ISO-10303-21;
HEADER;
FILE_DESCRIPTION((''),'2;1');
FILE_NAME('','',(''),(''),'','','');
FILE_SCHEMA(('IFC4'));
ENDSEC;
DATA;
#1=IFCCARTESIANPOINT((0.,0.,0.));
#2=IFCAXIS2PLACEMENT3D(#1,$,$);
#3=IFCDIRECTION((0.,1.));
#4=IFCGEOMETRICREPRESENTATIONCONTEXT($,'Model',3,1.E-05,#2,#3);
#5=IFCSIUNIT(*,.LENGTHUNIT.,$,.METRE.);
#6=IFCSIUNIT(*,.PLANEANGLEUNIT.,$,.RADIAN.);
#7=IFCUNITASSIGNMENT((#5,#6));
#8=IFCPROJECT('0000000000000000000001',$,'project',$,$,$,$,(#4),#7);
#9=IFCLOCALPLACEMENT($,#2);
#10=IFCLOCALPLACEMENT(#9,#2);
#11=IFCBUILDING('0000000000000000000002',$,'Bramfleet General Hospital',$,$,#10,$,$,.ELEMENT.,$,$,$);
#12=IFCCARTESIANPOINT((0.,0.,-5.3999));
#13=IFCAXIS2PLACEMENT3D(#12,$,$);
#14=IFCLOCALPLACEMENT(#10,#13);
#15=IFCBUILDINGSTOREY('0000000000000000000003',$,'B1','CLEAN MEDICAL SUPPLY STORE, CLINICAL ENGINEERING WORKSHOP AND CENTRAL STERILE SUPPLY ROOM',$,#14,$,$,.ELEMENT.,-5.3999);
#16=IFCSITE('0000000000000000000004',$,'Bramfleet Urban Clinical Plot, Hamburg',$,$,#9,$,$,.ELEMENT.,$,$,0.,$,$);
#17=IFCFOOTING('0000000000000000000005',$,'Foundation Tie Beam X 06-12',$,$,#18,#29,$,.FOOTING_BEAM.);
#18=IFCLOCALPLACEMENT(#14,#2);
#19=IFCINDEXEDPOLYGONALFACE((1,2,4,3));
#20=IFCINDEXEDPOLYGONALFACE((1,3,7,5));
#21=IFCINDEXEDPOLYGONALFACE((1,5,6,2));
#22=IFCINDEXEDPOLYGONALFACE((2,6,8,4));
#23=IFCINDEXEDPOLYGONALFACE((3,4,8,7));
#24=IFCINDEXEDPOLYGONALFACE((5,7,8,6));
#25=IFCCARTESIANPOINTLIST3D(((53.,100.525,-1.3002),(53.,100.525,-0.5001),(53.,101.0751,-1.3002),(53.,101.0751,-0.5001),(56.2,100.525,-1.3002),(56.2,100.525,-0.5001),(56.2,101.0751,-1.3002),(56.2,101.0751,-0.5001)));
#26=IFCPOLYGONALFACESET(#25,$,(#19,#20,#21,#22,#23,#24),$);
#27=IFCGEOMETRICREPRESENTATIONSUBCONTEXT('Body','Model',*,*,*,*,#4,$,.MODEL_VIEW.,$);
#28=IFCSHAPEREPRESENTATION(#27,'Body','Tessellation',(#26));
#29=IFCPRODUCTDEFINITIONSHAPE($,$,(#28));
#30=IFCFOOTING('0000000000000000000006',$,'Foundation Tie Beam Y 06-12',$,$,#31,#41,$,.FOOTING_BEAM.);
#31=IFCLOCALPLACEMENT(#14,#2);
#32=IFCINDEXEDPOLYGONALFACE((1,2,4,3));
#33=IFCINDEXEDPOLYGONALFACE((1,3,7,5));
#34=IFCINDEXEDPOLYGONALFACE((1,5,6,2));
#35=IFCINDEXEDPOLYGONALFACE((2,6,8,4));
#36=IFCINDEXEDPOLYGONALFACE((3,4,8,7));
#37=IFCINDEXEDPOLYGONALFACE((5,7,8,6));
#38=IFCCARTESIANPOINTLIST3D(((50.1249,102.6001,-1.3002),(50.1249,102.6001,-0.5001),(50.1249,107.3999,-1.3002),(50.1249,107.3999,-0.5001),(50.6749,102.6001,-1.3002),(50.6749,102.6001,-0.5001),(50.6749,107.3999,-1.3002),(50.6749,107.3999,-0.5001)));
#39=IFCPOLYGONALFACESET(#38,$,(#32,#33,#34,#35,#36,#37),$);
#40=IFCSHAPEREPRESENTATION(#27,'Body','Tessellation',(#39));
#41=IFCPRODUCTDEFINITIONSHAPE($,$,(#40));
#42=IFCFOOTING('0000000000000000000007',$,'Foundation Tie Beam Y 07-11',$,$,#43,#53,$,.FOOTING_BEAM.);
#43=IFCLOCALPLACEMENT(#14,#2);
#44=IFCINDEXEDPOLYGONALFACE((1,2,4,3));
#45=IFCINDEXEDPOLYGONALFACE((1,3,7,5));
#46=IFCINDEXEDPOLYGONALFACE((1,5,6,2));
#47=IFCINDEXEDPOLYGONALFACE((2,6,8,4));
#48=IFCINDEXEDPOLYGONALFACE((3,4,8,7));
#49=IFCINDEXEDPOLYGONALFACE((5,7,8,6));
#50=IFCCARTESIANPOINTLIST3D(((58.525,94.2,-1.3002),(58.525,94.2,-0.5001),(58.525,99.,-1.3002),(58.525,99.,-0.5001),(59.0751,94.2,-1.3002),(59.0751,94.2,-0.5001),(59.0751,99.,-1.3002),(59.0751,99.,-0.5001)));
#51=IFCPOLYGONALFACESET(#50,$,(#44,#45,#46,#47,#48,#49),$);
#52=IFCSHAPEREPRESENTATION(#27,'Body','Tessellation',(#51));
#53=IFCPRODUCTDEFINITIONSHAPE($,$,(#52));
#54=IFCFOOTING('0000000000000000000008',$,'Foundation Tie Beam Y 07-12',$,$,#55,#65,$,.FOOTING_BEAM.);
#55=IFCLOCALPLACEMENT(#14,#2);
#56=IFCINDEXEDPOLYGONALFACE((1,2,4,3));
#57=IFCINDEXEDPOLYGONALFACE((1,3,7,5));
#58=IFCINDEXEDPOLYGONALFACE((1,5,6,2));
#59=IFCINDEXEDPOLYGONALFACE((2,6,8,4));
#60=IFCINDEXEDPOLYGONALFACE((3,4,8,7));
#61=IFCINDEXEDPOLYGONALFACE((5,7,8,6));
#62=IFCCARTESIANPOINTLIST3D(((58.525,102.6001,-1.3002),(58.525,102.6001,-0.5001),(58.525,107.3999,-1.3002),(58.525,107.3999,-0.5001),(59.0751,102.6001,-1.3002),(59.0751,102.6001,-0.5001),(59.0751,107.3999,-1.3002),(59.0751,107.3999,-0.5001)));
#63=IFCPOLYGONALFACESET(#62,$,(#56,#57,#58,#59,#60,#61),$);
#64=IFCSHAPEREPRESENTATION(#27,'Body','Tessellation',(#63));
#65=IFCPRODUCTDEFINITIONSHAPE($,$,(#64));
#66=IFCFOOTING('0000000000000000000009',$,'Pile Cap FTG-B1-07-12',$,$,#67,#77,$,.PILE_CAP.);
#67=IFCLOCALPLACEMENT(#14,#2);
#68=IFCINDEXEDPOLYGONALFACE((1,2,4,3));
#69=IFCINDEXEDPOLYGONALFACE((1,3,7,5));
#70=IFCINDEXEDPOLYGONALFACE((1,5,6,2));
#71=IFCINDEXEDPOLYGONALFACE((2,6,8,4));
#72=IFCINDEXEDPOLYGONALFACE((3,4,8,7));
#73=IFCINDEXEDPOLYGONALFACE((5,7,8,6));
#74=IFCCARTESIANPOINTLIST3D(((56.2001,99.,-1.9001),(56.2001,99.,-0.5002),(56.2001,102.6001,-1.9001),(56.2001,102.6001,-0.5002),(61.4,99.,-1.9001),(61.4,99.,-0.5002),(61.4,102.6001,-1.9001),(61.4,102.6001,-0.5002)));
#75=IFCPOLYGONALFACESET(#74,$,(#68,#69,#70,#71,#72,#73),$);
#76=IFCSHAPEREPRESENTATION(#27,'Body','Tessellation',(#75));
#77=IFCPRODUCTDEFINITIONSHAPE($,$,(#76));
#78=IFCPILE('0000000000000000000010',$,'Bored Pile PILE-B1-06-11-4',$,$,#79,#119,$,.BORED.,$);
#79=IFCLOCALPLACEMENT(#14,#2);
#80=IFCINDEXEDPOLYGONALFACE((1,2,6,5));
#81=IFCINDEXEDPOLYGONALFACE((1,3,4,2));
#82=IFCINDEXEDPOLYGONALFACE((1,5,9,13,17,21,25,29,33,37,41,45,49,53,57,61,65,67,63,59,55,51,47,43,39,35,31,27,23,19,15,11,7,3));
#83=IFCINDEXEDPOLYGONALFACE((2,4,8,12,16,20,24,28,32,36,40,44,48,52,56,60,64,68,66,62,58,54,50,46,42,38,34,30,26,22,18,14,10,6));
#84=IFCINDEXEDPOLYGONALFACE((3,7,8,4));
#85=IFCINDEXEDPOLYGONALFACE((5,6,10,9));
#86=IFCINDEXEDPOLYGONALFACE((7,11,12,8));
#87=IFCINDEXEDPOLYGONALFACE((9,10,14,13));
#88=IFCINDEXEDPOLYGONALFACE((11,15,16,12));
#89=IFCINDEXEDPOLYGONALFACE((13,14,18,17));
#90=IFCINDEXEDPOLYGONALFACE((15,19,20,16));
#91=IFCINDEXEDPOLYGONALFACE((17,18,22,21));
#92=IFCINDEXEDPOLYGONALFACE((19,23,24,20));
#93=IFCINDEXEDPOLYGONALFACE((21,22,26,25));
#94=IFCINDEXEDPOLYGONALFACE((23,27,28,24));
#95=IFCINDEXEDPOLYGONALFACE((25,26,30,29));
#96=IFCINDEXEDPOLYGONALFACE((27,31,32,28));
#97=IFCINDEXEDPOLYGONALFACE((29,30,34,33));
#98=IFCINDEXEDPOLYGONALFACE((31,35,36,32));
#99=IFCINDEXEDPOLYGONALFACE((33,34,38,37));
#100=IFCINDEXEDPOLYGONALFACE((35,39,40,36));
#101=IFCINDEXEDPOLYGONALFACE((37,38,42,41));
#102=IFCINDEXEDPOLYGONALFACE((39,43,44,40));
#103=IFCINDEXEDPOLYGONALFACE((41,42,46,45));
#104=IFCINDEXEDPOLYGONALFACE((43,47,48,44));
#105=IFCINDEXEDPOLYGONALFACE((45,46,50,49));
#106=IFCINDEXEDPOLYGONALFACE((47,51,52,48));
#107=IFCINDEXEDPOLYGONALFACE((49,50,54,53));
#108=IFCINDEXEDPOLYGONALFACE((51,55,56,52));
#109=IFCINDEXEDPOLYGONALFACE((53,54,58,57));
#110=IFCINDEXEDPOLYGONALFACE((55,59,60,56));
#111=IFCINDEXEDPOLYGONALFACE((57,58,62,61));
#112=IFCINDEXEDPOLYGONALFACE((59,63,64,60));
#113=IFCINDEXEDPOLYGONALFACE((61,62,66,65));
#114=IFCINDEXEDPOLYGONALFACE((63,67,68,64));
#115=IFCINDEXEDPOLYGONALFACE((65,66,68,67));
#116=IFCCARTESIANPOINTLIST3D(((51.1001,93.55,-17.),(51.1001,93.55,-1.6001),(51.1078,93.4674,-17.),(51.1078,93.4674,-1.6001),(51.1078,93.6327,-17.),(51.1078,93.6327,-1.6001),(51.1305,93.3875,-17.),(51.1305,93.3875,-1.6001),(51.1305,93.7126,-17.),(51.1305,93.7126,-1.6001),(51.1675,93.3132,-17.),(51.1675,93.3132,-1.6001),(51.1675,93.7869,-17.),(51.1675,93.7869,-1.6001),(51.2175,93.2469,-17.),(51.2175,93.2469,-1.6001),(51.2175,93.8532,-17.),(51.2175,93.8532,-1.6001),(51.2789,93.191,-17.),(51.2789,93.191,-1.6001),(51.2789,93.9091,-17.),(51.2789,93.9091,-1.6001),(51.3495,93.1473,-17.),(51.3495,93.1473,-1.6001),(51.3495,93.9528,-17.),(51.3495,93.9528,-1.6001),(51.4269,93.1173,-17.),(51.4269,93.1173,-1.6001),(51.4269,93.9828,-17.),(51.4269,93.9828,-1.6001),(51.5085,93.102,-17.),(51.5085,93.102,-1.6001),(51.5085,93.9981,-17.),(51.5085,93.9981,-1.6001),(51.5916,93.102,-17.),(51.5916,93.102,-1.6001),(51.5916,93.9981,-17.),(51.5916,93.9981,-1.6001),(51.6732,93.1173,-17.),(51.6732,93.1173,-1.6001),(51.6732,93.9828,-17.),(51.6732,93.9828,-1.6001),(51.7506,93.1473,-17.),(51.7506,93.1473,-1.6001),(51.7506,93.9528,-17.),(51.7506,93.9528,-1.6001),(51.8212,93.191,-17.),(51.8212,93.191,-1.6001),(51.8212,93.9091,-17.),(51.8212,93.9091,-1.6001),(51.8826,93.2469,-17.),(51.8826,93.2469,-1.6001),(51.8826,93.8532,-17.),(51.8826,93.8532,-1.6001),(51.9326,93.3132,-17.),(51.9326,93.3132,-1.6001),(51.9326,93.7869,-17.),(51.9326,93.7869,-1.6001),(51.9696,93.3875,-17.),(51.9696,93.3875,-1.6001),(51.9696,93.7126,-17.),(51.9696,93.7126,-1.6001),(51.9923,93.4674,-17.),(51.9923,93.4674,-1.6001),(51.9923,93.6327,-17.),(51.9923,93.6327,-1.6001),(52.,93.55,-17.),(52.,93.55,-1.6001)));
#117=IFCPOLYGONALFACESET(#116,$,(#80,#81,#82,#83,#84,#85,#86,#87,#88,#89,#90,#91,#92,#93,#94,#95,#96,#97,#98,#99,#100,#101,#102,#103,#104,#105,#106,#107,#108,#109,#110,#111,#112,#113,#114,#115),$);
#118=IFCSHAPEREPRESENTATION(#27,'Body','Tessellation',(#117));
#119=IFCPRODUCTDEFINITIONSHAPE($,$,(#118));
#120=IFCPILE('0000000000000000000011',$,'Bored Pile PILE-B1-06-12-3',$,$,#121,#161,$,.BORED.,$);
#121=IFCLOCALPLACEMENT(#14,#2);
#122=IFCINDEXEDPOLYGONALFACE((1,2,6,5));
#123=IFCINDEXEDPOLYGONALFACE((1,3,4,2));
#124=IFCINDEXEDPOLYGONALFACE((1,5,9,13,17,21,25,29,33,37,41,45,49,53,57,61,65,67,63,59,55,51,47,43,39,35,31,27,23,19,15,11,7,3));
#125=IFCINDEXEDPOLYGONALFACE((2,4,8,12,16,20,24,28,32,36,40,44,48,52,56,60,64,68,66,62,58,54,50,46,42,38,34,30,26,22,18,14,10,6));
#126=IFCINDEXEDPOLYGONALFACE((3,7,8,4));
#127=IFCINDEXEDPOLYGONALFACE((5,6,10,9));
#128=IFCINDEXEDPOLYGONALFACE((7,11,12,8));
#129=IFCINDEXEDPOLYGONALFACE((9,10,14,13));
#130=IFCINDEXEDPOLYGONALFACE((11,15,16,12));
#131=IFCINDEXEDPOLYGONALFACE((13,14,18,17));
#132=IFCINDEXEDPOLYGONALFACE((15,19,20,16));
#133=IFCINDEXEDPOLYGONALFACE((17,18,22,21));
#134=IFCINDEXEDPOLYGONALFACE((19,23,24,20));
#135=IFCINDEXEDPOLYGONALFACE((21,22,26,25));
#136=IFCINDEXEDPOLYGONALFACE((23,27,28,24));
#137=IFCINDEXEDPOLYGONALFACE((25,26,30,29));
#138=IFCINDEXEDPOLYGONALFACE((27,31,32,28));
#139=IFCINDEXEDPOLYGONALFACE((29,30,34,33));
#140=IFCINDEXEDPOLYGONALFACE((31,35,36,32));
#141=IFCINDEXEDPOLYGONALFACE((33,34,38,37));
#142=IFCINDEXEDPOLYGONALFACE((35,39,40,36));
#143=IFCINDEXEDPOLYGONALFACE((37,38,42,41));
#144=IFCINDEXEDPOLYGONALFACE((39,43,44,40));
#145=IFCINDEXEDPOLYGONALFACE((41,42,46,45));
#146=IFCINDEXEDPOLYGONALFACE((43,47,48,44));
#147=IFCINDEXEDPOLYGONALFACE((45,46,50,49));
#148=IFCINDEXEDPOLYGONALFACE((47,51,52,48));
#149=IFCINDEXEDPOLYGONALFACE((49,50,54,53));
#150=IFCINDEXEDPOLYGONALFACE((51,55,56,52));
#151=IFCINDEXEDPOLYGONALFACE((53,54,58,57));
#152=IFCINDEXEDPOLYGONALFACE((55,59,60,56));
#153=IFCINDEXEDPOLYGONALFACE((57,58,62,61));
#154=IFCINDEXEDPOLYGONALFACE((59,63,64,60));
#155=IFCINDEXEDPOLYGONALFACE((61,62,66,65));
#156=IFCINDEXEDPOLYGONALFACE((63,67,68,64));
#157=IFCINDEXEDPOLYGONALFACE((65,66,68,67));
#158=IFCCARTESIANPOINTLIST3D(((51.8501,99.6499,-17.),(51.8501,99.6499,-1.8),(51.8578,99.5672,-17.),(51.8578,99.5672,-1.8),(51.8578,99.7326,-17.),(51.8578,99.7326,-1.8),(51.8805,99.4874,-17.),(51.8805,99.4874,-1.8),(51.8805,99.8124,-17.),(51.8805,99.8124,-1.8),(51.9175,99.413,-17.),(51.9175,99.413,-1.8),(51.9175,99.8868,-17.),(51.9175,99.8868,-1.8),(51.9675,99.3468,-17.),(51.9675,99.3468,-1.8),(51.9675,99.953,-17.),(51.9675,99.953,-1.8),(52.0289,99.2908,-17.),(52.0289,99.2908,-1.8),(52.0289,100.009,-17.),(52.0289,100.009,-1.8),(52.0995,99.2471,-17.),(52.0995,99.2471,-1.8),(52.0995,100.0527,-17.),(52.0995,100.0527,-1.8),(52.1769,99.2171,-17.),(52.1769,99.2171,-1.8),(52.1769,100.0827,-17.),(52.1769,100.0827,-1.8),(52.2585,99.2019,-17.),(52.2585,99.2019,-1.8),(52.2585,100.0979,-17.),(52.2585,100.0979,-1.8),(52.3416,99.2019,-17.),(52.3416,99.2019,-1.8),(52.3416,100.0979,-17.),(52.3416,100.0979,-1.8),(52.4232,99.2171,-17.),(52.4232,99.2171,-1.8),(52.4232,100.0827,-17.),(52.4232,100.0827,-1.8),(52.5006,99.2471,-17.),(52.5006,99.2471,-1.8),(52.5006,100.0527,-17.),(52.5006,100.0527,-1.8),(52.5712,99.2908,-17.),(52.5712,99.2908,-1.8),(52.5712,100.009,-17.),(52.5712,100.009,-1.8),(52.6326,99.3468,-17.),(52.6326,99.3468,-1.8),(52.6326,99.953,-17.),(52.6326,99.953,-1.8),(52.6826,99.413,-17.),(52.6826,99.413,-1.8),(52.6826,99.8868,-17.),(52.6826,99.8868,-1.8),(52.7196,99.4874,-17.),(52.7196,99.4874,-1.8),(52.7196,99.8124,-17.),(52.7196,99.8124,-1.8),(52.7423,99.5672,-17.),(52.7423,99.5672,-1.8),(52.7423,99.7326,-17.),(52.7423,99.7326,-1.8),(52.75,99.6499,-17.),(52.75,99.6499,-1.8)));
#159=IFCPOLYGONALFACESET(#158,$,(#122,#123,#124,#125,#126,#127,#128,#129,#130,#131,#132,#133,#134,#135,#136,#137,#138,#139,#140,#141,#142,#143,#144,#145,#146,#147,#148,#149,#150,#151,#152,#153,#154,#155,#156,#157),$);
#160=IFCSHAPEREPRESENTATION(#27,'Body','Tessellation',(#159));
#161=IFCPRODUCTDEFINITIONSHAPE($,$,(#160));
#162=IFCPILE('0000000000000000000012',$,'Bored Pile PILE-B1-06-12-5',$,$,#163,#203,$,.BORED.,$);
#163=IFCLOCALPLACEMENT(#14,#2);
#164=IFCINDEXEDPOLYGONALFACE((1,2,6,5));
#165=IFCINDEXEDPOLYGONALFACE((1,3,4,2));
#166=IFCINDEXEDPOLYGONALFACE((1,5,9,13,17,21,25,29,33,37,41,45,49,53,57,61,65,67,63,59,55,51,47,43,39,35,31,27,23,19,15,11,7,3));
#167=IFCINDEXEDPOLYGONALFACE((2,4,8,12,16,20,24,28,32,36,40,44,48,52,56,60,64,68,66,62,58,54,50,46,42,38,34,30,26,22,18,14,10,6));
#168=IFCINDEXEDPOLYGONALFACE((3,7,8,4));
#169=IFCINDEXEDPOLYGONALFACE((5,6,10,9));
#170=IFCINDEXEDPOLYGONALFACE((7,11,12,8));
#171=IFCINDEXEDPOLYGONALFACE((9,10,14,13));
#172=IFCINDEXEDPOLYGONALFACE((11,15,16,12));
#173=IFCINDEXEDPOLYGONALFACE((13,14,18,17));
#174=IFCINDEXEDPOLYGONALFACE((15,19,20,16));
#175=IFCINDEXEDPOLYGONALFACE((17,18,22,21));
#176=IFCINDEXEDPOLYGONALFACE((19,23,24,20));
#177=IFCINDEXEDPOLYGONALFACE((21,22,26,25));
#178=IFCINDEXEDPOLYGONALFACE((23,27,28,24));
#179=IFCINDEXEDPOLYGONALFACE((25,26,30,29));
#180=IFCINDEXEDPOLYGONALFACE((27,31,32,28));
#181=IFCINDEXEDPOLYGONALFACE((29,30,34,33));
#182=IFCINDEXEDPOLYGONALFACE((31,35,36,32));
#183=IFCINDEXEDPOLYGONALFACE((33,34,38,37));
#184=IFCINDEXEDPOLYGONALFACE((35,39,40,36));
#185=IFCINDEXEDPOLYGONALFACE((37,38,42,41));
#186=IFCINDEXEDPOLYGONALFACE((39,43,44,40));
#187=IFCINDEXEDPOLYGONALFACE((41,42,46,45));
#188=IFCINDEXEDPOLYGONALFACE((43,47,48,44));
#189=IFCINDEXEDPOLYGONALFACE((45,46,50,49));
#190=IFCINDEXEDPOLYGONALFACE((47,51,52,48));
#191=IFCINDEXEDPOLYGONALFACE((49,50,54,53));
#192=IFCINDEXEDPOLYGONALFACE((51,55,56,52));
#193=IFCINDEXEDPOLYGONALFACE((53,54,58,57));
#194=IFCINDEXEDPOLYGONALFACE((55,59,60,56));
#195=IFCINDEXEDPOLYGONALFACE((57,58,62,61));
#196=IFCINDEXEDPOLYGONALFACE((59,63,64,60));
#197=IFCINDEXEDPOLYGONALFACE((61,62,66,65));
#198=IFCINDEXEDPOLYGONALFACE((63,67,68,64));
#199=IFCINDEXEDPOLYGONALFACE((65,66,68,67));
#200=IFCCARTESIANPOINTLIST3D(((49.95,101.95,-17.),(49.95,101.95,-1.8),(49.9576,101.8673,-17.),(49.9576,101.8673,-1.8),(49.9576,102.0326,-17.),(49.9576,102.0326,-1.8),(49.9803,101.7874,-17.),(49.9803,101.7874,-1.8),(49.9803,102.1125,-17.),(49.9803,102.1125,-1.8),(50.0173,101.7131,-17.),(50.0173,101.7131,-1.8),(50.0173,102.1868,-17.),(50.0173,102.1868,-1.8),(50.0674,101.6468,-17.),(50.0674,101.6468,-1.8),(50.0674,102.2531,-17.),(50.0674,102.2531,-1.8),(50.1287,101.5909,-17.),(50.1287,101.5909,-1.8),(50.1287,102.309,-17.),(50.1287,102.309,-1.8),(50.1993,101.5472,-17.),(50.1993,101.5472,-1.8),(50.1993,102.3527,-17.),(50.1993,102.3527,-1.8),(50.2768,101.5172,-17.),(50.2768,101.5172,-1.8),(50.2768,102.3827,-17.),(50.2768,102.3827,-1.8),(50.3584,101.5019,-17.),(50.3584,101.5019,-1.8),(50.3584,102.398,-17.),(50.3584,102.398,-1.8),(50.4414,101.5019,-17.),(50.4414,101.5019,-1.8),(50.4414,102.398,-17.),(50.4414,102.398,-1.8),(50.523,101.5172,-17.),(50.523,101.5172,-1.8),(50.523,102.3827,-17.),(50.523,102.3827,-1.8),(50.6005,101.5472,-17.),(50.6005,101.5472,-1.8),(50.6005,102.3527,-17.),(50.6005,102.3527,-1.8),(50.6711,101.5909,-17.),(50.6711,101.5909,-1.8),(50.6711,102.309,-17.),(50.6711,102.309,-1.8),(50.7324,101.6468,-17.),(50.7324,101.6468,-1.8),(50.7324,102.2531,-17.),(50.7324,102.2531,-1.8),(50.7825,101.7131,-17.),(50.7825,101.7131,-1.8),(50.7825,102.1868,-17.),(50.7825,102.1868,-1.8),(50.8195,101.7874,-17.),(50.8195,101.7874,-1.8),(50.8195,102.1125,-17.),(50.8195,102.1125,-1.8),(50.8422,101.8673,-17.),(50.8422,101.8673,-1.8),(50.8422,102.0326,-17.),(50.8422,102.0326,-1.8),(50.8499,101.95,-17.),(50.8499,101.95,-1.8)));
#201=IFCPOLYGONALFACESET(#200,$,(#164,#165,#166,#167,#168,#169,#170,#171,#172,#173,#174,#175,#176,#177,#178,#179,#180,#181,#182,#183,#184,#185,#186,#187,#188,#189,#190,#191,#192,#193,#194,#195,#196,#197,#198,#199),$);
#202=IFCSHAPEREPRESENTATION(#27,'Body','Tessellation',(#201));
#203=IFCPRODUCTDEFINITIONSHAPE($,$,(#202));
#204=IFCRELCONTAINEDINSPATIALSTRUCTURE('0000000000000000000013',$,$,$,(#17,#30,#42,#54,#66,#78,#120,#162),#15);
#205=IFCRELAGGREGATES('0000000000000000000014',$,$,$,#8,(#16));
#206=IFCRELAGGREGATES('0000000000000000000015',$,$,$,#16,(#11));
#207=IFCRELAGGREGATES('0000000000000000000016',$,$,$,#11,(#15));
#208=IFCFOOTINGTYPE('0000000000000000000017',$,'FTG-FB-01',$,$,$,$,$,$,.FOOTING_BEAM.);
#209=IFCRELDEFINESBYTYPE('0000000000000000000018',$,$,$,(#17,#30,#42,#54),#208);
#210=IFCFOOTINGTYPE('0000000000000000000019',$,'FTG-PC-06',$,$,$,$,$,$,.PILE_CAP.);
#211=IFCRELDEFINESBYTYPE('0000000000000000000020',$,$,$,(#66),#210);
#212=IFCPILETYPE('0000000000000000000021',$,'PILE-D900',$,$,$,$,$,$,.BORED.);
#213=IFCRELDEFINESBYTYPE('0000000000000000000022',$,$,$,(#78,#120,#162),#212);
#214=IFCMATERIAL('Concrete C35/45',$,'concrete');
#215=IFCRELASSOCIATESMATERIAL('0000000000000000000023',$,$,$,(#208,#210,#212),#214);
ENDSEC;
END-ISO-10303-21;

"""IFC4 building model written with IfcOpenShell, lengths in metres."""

from ifc_helpers import new_model, si_unit, direction, frame, origin, origin_2d, place, context, subcontext, project, spatial, rectangle, circle, extrude, material, material_profile, profile_set, type_object, element, save


model = new_model("IFC4")

# Units and contexts
model_context = context("Model", 3, precision=1e-05, world=origin(), true_north=direction((0.0, 1.0)))
body_context = subcontext(model_context, "Body", "Model", "MODEL_VIEW")
ifc_project = project(units=[si_unit("LENGTHUNIT", "METRE"), si_unit("PLANEANGLEUNIT", "RADIAN")], contexts=[model_context])

# Site, building, storey
site_placement = place(None, origin())
site = spatial("IfcSite", under=ifc_project, at=site_placement, Name="Bramfleet Urban Clinical Plot, Hamburg", CompositionType="ELEMENT", RefElevation=0.0)
building_placement = place(site_placement, origin())
building = spatial("IfcBuilding", under=site, at=building_placement, Name="Bramfleet General Hospital", CompositionType="ELEMENT")
storey_placement = place(building_placement, frame((0.0, 0.0, -5.3999)))
storey = spatial("IfcBuildingStorey", under=building, at=storey_placement, Name="B1", Description="CLEAN MEDICAL SUPPLY STORE, CLINICAL ENGINEERING WORKSHOP AND CENTRAL STERILE SUPPLY ROOM", CompositionType="ELEMENT", Elevation=-5.3999)

# Footings
ifc_material_1 = material(Name="Concrete C35/45", Category="concrete")
ifc_material_profile_1 = material_profile(ifc_material_1, rectangle(XDim=0.55, YDim=0.8, at=origin_2d()), Name="RC FB 800x550")
ifc_profile_set_1 = profile_set([ifc_material_profile_1], Name="Concrete C35/45")
footing_type_1 = type_object("IfcFootingType", Name="FTG-FB-01", PredefinedType="FOOTING_BEAM", material=ifc_profile_set_1)
footing_1_placement = place(storey_placement, frame((53.0, 100.8, -0.9001), z_axis=(1.0, 0.0, 0.0), x_axis=(0.0, 1.0, 0.0)))
element("IfcFooting", 1, at=footing_1_placement, inside=storey, type_object=footing_type_1, Name="Foundation Tie Beam X 06-12", PredefinedType="FOOTING_BEAM", context=body_context, shape_type="SweptSolid", body=[
    extrude(rectangle(XDim=0.55, YDim=0.8, at=origin_2d()), origin(), (0.0, 0.0, 1.0), 3.2),
])
footing_2_placement = place(storey_placement, frame((50.3999, 102.6001, -0.9001), z_axis=(0.0, 1.0, 0.0), x_axis=(-1.0, 0.0, 0.0)))
element("IfcFooting", 2, at=footing_2_placement, inside=storey, type_object=footing_type_1, Name="Foundation Tie Beam Y 06-12", PredefinedType="FOOTING_BEAM", context=body_context, shape_type="SweptSolid", body=[
    extrude(rectangle(XDim=0.55, YDim=0.8, at=origin_2d()), origin(), (0.0, 0.0, 1.0), 4.7998),
])
footing_3_placement = place(storey_placement, frame((58.8, 94.2, -0.9001), z_axis=(0.0, 1.0, 0.0), x_axis=(-1.0, 0.0, 0.0)))
element("IfcFooting", 3, at=footing_3_placement, inside=storey, type_object=footing_type_1, Name="Foundation Tie Beam Y 07-11", PredefinedType="FOOTING_BEAM", context=body_context, shape_type="SweptSolid", body=[
    extrude(rectangle(XDim=0.55, YDim=0.8, at=origin_2d()), origin(), (0.0, 0.0, 1.0), 4.8),
])
footing_4_placement = place(storey_placement, frame((58.8, 102.6001, -0.9001), z_axis=(0.0, 1.0, 0.0), x_axis=(-1.0, 0.0, 0.0)))
element("IfcFooting", 4, at=footing_4_placement, inside=storey, type_object=footing_type_1, Name="Foundation Tie Beam Y 07-12", PredefinedType="FOOTING_BEAM", context=body_context, shape_type="SweptSolid", body=[
    extrude(rectangle(XDim=0.55, YDim=0.8, at=origin_2d()), origin(), (0.0, 0.0, 1.0), 4.7998),
])
footing_type_2 = type_object("IfcFootingType", Name="FTG-PC-06", PredefinedType="PILE_CAP", material=ifc_material_1)
footing_5_placement = place(storey_placement, frame((58.8, 100.8, -1.9001), z_axis=(0.0, 0.0, 1.0), x_axis=(1.0, 0.0, 0.0)))
element("IfcFooting", 5, at=footing_5_placement, inside=storey, type_object=footing_type_2, Name="Pile Cap FTG-B1-07-12", PredefinedType="PILE_CAP", context=body_context, shape_type="SweptSolid", body=[
    extrude(rectangle(XDim=5.2, YDim=3.6001, at=origin_2d()), origin(), (0.0, 0.0, 1.0), 1.3999),
])

# Piles
ifc_material_profile_2 = material_profile(ifc_material_1, circle(Radius=0.45, at=origin_2d()), Name="PILE BORED D900")
ifc_profile_set_2 = profile_set([ifc_material_profile_2], Name="Concrete C35/45")
pile_type = type_object("IfcPileType", Name="PILE-D900", PredefinedType="BORED", material=ifc_profile_set_2)
pile_1_placement = place(storey_placement, frame((51.55, 93.55, -1.6001), z_axis=(0.0, 0.0, -1.0), x_axis=(1.0, 0.0, 0.0)))
element("IfcPile", 6, at=pile_1_placement, inside=storey, type_object=pile_type, Name="Bored Pile PILE-B1-06-11-4", PredefinedType="BORED", context=body_context, shape_type="SweptSolid", body=[
    extrude(circle(Radius=0.45, at=origin_2d()), origin(), (0.0, 0.0, 1.0), 15.3999),
])
for number, where, z_axis, x_axis, name in (
    (7, (52.3, 99.6499, -1.8), (0.0, 0.0, -1.0), (1.0, 0.0, 0.0), "Bored Pile PILE-B1-06-12-3"),
    (8, (50.3999, 101.95, -1.8), (0.0, 0.0, -1.0), (1.0, 0.0, 0.0), "Bored Pile PILE-B1-06-12-5"),
):
    element("IfcPile", number, at=place(storey_placement, frame(where, z_axis=z_axis, x_axis=x_axis)), inside=storey, type_object=pile_type, Name=name, PredefinedType="BORED", context=body_context, shape_type="SweptSolid", body=[
        extrude(circle(Radius=0.45, at=origin_2d()), origin(), (0.0, 0.0, 1.0), 15.2),
    ])

save(model, "model.ifc")
